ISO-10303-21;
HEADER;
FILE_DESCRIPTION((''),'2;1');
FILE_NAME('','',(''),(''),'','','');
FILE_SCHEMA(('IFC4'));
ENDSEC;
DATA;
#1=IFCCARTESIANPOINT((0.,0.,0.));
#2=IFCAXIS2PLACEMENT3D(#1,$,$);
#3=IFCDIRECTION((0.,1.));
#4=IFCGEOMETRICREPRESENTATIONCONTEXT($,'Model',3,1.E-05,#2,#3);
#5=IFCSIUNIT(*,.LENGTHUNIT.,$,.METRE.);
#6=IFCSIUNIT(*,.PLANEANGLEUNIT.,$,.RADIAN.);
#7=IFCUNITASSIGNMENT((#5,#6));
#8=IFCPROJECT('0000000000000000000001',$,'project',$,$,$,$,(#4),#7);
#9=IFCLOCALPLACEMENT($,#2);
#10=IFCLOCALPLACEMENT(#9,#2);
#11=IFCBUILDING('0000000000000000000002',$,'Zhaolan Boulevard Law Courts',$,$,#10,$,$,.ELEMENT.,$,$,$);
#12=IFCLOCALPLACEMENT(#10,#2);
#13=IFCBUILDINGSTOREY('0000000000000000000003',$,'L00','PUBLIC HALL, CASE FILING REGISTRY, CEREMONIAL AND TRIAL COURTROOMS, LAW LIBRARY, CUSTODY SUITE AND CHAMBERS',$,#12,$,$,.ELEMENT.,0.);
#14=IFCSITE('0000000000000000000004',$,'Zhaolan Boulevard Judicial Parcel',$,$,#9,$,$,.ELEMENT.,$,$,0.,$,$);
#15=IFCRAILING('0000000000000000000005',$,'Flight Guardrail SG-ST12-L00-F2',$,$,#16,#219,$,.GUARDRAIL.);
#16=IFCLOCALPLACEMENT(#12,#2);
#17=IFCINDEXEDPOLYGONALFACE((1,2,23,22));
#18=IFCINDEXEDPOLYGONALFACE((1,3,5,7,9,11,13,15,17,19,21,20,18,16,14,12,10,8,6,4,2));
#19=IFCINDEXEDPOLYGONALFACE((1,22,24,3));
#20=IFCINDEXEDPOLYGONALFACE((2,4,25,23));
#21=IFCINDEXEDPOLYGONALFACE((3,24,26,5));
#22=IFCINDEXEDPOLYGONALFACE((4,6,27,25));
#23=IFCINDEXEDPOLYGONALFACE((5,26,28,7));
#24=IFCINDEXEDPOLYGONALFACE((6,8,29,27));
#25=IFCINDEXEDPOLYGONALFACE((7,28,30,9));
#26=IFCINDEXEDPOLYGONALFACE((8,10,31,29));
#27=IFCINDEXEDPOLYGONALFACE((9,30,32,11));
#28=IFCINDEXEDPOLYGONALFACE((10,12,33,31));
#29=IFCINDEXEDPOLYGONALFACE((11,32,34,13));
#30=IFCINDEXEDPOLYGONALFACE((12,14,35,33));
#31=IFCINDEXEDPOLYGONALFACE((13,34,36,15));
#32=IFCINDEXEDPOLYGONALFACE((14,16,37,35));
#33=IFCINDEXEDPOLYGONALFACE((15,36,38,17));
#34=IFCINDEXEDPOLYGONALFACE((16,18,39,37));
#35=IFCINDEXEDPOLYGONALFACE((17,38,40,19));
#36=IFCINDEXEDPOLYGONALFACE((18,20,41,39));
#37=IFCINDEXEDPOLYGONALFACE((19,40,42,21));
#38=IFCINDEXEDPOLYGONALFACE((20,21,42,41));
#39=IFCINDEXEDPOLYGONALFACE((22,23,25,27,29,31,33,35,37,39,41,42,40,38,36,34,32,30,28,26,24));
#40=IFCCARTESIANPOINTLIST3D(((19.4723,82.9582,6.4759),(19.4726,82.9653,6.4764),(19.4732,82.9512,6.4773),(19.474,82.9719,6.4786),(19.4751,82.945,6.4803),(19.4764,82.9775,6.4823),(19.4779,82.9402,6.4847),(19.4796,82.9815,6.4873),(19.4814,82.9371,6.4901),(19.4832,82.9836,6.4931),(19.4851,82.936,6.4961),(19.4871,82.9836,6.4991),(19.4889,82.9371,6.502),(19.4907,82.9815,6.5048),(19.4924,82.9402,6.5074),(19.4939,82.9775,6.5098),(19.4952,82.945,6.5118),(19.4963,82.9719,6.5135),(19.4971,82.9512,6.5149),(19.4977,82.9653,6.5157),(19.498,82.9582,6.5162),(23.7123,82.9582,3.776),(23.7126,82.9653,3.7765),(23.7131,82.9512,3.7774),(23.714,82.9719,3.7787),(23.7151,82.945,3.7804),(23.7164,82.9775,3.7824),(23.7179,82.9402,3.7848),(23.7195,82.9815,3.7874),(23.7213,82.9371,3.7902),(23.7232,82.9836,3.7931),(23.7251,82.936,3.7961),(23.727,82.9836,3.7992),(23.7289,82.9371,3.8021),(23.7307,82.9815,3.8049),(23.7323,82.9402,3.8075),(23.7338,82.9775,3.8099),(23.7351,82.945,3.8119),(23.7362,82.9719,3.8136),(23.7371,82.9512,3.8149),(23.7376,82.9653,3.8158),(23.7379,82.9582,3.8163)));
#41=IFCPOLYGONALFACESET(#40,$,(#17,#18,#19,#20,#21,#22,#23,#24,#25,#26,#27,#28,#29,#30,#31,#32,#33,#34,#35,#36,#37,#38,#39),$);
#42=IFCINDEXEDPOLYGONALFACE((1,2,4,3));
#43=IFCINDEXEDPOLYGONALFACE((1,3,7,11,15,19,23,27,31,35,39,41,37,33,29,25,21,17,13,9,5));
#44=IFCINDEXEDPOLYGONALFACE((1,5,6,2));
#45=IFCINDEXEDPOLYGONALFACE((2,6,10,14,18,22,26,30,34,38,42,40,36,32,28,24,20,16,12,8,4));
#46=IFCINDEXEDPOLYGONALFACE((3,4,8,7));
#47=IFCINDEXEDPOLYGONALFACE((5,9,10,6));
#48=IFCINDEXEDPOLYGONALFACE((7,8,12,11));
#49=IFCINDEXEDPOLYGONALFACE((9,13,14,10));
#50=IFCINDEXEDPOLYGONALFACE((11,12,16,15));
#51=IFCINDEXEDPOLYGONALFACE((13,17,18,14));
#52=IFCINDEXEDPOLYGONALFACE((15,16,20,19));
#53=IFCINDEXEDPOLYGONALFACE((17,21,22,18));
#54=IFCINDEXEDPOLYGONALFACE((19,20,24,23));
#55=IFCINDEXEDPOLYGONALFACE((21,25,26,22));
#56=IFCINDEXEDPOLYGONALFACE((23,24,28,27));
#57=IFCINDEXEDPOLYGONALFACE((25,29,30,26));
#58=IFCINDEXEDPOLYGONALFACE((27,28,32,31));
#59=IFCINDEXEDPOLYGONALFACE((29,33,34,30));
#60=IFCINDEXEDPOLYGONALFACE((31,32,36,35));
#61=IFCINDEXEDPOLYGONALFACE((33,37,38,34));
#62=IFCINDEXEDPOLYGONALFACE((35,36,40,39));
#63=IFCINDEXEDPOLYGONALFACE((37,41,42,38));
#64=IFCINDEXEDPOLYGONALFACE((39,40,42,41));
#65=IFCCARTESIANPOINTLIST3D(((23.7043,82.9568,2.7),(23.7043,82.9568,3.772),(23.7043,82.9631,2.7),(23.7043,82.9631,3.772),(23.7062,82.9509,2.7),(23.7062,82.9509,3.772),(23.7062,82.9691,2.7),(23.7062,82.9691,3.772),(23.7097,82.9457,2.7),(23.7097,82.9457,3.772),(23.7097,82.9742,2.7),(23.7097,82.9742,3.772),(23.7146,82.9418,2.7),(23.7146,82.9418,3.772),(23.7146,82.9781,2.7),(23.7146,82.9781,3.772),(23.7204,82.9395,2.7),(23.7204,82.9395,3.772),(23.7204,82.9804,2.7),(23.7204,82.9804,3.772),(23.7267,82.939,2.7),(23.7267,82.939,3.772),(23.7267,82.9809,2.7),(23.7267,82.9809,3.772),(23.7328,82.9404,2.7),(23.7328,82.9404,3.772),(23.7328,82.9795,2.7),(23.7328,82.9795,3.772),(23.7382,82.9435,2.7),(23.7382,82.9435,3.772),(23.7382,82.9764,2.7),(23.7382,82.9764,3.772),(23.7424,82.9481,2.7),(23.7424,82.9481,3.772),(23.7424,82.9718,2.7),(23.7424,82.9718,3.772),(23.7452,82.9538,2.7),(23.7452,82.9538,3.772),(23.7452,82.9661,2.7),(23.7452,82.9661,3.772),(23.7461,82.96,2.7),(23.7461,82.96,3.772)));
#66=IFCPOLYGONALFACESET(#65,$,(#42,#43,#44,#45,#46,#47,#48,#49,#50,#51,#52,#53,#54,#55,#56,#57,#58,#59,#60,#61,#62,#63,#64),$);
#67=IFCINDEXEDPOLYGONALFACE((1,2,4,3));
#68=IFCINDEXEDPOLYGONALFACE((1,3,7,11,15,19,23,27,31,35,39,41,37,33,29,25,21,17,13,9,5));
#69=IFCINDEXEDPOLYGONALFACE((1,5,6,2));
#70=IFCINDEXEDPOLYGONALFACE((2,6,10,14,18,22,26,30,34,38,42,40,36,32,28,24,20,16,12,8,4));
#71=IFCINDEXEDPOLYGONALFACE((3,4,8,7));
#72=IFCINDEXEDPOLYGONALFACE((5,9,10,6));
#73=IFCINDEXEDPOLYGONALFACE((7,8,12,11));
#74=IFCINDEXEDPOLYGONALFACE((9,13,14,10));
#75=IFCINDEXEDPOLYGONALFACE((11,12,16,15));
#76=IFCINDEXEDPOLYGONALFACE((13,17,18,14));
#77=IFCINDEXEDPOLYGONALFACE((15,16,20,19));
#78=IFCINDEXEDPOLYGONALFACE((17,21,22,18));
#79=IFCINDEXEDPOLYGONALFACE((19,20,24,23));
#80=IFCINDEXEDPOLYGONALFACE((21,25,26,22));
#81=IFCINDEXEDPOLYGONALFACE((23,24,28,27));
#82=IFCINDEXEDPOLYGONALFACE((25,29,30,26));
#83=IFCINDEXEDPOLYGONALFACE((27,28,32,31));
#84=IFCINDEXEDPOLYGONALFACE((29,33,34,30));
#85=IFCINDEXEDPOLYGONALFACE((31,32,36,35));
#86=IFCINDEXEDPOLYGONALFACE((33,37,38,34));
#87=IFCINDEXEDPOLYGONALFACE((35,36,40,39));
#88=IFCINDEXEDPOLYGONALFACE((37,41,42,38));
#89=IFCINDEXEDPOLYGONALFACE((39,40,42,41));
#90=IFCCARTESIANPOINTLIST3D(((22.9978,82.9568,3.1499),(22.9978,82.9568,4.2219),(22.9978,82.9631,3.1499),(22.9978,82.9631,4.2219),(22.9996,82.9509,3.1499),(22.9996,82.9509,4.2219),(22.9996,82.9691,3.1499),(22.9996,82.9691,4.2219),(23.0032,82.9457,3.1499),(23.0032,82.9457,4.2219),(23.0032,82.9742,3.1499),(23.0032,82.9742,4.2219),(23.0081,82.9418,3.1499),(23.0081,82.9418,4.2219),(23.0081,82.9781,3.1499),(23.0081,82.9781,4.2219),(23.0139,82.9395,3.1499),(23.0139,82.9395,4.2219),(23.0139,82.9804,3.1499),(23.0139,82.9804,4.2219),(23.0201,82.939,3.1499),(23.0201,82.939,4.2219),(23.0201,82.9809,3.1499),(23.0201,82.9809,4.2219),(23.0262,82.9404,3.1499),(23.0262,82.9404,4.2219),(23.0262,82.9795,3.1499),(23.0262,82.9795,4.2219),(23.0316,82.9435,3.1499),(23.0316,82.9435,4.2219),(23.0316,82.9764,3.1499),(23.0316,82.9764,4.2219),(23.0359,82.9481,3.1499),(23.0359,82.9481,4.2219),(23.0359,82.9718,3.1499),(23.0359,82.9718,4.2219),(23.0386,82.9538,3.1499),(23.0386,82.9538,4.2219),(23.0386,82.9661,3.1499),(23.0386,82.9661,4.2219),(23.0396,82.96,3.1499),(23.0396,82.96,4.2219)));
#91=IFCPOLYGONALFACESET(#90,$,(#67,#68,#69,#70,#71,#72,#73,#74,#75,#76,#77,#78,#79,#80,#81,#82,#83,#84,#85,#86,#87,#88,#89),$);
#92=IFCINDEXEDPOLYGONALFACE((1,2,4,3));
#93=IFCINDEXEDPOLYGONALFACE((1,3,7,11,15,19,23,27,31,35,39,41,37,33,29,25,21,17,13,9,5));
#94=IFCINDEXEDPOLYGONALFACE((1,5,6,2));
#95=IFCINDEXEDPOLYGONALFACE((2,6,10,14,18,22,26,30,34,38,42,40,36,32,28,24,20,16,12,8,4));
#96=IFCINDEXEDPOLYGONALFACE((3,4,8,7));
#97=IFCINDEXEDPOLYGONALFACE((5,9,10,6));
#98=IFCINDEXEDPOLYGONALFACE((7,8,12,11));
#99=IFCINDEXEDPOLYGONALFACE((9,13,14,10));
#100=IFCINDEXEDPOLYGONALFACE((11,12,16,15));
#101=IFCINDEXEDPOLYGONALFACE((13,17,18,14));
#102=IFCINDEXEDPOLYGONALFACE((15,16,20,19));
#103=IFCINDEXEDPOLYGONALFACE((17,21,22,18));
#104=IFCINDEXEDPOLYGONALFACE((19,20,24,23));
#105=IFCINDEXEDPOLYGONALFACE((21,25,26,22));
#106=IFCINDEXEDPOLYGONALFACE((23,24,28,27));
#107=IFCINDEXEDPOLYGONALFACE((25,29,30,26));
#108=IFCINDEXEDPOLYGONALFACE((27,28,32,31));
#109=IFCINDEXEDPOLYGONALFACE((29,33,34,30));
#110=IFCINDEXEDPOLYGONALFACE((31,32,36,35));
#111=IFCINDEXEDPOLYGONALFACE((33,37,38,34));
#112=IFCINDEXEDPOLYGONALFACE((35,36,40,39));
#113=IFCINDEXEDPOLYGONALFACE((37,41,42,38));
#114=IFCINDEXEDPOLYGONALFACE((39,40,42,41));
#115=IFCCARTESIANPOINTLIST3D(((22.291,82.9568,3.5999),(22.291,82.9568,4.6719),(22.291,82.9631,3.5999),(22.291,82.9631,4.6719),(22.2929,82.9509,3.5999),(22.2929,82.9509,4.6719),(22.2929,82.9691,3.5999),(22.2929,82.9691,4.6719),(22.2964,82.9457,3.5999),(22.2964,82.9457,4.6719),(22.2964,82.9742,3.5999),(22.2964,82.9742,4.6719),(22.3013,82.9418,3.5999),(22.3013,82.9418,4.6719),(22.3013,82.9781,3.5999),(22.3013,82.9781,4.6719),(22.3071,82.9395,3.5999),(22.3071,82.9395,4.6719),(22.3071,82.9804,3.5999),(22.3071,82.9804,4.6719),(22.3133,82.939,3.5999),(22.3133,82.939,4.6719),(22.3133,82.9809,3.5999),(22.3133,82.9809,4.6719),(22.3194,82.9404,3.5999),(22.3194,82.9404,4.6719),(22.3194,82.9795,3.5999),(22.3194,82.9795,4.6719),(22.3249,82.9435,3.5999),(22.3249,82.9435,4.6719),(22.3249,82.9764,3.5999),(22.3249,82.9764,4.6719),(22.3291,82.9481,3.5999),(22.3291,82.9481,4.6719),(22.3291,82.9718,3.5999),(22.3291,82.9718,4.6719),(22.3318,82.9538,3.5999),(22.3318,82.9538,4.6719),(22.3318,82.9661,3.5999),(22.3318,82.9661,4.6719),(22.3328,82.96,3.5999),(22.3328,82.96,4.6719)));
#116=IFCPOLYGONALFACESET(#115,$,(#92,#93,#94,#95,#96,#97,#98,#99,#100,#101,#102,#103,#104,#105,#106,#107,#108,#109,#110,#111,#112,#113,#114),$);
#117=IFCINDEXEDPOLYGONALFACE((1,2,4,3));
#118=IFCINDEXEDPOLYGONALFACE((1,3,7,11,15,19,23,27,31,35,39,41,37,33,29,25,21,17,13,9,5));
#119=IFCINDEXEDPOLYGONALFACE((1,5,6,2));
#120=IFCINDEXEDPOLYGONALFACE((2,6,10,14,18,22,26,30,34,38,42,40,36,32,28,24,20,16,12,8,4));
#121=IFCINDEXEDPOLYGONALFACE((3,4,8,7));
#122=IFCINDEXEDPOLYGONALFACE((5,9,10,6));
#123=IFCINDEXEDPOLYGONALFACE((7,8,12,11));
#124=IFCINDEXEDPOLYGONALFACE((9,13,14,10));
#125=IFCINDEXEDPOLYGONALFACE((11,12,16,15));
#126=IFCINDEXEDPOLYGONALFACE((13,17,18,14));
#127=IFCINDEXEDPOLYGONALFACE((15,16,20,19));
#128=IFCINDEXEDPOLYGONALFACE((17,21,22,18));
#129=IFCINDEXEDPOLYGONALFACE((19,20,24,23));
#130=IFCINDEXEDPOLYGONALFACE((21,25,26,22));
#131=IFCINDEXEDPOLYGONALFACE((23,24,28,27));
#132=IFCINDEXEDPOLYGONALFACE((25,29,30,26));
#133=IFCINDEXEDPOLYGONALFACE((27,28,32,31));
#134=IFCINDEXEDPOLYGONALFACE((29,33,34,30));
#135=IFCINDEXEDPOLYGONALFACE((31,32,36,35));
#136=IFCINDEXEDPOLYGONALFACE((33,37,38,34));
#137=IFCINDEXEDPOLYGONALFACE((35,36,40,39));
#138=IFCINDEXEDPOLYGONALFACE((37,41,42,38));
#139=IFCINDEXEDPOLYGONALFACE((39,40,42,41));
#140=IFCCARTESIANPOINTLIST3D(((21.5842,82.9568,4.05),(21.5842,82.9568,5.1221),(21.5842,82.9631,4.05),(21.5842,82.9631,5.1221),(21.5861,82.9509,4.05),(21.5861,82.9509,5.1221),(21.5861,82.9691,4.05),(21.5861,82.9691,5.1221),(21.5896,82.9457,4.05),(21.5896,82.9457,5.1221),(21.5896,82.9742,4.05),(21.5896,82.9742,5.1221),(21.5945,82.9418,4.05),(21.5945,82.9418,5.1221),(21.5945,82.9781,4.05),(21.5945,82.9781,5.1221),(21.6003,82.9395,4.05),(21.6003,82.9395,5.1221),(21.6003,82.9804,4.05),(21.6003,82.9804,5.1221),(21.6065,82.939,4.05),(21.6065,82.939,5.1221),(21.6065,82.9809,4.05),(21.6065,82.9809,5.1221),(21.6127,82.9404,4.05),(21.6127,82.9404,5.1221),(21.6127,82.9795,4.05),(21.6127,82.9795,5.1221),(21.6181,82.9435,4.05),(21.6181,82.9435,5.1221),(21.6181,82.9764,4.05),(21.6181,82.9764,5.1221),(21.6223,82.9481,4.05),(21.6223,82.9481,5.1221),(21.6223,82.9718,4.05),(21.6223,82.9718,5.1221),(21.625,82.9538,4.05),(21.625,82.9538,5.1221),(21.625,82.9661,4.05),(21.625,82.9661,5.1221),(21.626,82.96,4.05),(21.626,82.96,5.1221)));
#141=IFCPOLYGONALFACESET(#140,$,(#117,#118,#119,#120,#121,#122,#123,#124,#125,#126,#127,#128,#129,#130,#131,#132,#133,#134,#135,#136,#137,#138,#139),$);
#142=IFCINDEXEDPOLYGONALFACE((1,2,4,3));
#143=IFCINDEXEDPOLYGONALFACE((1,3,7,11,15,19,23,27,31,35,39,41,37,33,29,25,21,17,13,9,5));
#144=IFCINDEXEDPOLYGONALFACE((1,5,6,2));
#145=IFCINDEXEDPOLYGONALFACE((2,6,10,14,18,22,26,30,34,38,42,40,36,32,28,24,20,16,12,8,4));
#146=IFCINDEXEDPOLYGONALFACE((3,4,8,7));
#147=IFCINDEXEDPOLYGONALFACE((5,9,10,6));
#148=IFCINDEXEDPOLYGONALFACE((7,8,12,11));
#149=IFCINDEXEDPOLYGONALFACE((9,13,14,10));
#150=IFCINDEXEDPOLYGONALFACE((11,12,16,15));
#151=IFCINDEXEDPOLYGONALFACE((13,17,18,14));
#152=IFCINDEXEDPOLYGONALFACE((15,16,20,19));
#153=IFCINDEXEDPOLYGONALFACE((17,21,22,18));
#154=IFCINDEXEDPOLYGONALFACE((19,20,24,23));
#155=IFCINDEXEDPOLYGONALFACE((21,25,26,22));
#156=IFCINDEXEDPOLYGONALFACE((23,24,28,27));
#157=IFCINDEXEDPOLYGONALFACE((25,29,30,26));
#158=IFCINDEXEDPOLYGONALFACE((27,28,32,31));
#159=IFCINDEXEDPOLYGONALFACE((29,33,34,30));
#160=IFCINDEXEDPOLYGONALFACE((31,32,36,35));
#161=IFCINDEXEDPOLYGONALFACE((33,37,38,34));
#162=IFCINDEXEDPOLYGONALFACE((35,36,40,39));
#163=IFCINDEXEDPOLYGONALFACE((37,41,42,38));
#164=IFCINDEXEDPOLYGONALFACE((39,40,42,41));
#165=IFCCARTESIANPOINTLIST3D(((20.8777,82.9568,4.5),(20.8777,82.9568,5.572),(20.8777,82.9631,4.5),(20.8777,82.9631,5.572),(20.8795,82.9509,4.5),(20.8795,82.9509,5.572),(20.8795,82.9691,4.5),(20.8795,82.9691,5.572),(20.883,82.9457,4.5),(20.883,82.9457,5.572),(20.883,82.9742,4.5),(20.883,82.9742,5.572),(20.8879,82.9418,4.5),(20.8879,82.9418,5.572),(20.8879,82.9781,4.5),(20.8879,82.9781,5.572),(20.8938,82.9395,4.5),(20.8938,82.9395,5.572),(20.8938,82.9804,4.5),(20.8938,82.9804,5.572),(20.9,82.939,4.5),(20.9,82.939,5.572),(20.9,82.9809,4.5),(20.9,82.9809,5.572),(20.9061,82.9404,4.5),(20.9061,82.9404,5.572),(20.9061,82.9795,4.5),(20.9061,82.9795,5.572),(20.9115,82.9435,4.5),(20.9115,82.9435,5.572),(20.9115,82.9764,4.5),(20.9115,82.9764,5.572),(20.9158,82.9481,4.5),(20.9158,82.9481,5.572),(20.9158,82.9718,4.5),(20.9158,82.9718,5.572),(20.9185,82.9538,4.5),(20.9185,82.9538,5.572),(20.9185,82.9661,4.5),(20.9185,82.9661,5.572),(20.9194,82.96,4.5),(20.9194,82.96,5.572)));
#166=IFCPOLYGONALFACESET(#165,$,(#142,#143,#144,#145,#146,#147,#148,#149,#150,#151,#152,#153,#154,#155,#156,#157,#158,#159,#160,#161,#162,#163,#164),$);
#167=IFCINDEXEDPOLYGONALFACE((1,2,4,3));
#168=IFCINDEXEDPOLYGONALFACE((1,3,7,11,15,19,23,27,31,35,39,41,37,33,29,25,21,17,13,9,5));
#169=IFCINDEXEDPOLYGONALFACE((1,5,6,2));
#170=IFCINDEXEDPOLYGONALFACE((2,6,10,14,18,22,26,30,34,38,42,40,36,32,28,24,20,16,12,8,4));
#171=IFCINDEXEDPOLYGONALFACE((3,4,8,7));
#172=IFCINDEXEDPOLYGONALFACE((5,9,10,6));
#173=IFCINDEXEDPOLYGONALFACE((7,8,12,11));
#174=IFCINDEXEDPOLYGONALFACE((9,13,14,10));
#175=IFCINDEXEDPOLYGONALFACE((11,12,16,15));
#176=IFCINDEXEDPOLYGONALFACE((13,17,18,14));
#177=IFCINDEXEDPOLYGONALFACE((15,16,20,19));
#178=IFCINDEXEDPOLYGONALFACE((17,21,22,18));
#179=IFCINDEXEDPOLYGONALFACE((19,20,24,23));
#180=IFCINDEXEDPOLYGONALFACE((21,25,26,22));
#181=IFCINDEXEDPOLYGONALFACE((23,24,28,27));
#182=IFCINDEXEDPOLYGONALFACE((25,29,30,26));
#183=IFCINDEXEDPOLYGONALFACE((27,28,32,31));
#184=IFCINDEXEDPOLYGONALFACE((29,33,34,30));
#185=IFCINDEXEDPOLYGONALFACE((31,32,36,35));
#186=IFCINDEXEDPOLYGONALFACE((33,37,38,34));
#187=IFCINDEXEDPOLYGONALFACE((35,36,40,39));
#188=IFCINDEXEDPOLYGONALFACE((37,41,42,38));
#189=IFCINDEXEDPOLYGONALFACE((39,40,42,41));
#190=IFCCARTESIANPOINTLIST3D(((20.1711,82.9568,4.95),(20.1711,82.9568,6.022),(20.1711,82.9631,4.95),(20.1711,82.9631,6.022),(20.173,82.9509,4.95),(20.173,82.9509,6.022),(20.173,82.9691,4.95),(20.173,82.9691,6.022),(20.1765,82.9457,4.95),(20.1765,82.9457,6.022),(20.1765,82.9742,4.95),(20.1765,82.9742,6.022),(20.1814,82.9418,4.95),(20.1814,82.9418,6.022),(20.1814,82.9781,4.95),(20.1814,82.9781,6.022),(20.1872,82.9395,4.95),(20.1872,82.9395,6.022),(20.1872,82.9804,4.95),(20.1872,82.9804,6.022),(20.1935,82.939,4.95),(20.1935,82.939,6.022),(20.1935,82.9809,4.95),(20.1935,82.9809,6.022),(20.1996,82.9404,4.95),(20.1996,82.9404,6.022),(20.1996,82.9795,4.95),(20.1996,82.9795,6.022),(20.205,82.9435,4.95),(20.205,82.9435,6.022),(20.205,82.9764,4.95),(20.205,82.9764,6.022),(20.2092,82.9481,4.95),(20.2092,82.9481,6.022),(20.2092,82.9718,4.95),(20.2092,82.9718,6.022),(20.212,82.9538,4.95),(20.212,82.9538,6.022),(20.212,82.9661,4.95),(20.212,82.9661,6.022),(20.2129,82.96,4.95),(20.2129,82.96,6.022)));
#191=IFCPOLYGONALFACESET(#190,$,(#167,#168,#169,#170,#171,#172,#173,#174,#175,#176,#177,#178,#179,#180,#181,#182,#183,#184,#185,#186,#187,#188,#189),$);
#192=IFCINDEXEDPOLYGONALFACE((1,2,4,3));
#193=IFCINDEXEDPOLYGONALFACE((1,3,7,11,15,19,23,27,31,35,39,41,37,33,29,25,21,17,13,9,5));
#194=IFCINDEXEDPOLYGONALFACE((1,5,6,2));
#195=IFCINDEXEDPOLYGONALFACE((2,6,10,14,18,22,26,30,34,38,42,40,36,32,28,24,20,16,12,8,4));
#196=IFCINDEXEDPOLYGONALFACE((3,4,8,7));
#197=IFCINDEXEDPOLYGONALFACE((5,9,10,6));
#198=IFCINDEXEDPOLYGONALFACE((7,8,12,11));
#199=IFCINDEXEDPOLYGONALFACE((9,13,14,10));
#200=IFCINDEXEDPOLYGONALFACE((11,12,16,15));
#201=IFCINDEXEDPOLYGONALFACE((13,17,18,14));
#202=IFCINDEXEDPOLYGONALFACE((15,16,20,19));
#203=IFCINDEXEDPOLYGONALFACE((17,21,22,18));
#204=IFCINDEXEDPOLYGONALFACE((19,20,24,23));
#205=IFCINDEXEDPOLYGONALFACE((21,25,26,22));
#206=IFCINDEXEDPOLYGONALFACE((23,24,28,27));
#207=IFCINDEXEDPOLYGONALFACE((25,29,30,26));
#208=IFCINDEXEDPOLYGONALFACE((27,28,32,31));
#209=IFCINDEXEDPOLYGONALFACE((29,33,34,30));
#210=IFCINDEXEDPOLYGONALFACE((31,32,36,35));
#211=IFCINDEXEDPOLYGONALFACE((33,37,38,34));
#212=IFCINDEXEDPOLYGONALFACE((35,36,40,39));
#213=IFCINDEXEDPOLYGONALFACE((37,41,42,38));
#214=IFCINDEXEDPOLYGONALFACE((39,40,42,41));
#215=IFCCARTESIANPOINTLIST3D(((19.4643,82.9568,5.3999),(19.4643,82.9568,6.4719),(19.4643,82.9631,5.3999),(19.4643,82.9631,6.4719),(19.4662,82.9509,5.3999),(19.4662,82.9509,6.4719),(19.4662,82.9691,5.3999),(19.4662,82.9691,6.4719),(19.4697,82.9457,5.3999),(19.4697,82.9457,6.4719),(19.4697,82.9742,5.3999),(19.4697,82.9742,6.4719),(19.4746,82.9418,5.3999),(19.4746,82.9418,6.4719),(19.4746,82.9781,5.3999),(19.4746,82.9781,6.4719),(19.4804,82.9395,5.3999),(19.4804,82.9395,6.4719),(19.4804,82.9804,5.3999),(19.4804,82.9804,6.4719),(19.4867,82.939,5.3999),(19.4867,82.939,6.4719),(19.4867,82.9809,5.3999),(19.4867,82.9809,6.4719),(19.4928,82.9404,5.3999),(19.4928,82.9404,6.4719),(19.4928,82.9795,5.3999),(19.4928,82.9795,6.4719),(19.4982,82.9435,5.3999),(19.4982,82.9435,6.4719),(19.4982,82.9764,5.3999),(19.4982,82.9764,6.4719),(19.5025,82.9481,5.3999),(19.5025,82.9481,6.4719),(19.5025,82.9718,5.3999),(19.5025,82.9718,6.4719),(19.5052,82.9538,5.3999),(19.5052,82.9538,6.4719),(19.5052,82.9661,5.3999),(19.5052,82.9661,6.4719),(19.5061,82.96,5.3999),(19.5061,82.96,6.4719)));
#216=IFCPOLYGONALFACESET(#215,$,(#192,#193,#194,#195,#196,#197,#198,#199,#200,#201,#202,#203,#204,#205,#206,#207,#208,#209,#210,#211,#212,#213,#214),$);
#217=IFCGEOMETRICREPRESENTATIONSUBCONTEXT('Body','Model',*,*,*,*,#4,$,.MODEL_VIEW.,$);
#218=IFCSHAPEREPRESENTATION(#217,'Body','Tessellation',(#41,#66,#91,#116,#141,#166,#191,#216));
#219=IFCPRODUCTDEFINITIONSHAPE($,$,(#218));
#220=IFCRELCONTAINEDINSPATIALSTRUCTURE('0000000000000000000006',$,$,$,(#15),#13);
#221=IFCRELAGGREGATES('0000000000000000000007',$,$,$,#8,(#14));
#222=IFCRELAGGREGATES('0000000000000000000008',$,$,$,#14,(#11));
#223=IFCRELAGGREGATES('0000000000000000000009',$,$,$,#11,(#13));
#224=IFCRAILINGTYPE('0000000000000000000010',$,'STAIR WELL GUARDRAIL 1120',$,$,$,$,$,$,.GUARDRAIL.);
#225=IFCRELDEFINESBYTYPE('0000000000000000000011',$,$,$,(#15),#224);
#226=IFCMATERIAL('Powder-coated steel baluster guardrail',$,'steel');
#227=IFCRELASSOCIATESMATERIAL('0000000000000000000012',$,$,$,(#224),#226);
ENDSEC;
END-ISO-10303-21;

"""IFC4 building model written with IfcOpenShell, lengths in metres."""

from ifc_helpers import new_model, si_unit, direction, frame, origin, origin_2d, place, context, subcontext, project, spatial, circle, extrude, material, type_object, element, save


model = new_model("IFC4")

# Units and contexts
model_context = context("Model", 3, precision=1e-05, world=origin(), true_north=direction((0.0, 1.0)))
body_context = subcontext(model_context, "Body", "Model", "MODEL_VIEW")
ifc_project = project(units=[si_unit("LENGTHUNIT", "METRE"), si_unit("PLANEANGLEUNIT", "RADIAN")], contexts=[model_context])

# Site, building, storey
site_placement = place(None, origin())
site = spatial("IfcSite", under=ifc_project, at=site_placement, Name="Zhaolan Boulevard Judicial Parcel", CompositionType="ELEMENT", RefElevation=0.0)
building_placement = place(site_placement, origin())
building = spatial("IfcBuilding", under=site, at=building_placement, Name="Zhaolan Boulevard Law Courts", CompositionType="ELEMENT")
storey_placement = place(building_placement, origin())
storey = spatial("IfcBuildingStorey", under=building, at=storey_placement, Name="L00", Description="PUBLIC HALL, CASE FILING REGISTRY, CEREMONIAL AND TRIAL COURTROOMS, LAW LIBRARY, CUSTODY SUITE AND CHAMBERS", CompositionType="ELEMENT", Elevation=0.0)

# Railing
ifc_material_1 = material(Name="Powder-coated steel baluster guardrail", Category="steel")
railing_type_1 = type_object("IfcRailingType", Name="STAIR WELL GUARDRAIL 1120", PredefinedType="GUARDRAIL", material=ifc_material_1)
railing_1_placement = place(storey_placement, frame((23.7251, 82.96, 2.7)))
element("IfcRailing", 1, at=railing_1_placement, inside=storey, type_object=railing_type_1, Name="Flight Guardrail SG-ST12-L00-F2", PredefinedType="GUARDRAIL", context=body_context, shape_type="SweptSolid", body=[
    extrude(circle(Radius=0.0239, at=origin_2d()), frame((0.0, 0.0, 1.0962), z_axis=(-0.843501, 0.0, 0.537127), x_axis=(0.0, -1.0, 0.0)), (0.0, 0.0, 1.0), 5.0266),
    extrude(circle(Radius=0.021, at=origin_2d()), origin(), (0.0, 0.0, 1.0), 1.072),
    extrude(circle(Radius=0.021, at=origin_2d()), frame((-0.7065, 0.0, 0.45)), (0.0, 0.0, 1.0), 1.072),
    extrude(circle(Radius=0.021, at=origin_2d()), frame((-1.4133, 0.0, 0.8999)), (0.0, 0.0, 1.0), 1.072),
    extrude(circle(Radius=0.021, at=origin_2d()), frame((-2.1201, 0.0, 1.3501)), (0.0, 0.0, 1.0), 1.072),
    extrude(circle(Radius=0.021, at=origin_2d()), frame((-2.8267, 0.0, 1.8)), (0.0, 0.0, 1.0), 1.072),
    extrude(circle(Radius=0.021, at=origin_2d()), frame((-3.5332, 0.0, 2.25)), (0.0, 0.0, 1.0), 1.072),
    extrude(circle(Radius=0.021, at=origin_2d()), frame((-4.24, 0.0, 2.7)), (0.0, 0.0, 1.0), 1.072),
])

save(model, "model.ifc")
